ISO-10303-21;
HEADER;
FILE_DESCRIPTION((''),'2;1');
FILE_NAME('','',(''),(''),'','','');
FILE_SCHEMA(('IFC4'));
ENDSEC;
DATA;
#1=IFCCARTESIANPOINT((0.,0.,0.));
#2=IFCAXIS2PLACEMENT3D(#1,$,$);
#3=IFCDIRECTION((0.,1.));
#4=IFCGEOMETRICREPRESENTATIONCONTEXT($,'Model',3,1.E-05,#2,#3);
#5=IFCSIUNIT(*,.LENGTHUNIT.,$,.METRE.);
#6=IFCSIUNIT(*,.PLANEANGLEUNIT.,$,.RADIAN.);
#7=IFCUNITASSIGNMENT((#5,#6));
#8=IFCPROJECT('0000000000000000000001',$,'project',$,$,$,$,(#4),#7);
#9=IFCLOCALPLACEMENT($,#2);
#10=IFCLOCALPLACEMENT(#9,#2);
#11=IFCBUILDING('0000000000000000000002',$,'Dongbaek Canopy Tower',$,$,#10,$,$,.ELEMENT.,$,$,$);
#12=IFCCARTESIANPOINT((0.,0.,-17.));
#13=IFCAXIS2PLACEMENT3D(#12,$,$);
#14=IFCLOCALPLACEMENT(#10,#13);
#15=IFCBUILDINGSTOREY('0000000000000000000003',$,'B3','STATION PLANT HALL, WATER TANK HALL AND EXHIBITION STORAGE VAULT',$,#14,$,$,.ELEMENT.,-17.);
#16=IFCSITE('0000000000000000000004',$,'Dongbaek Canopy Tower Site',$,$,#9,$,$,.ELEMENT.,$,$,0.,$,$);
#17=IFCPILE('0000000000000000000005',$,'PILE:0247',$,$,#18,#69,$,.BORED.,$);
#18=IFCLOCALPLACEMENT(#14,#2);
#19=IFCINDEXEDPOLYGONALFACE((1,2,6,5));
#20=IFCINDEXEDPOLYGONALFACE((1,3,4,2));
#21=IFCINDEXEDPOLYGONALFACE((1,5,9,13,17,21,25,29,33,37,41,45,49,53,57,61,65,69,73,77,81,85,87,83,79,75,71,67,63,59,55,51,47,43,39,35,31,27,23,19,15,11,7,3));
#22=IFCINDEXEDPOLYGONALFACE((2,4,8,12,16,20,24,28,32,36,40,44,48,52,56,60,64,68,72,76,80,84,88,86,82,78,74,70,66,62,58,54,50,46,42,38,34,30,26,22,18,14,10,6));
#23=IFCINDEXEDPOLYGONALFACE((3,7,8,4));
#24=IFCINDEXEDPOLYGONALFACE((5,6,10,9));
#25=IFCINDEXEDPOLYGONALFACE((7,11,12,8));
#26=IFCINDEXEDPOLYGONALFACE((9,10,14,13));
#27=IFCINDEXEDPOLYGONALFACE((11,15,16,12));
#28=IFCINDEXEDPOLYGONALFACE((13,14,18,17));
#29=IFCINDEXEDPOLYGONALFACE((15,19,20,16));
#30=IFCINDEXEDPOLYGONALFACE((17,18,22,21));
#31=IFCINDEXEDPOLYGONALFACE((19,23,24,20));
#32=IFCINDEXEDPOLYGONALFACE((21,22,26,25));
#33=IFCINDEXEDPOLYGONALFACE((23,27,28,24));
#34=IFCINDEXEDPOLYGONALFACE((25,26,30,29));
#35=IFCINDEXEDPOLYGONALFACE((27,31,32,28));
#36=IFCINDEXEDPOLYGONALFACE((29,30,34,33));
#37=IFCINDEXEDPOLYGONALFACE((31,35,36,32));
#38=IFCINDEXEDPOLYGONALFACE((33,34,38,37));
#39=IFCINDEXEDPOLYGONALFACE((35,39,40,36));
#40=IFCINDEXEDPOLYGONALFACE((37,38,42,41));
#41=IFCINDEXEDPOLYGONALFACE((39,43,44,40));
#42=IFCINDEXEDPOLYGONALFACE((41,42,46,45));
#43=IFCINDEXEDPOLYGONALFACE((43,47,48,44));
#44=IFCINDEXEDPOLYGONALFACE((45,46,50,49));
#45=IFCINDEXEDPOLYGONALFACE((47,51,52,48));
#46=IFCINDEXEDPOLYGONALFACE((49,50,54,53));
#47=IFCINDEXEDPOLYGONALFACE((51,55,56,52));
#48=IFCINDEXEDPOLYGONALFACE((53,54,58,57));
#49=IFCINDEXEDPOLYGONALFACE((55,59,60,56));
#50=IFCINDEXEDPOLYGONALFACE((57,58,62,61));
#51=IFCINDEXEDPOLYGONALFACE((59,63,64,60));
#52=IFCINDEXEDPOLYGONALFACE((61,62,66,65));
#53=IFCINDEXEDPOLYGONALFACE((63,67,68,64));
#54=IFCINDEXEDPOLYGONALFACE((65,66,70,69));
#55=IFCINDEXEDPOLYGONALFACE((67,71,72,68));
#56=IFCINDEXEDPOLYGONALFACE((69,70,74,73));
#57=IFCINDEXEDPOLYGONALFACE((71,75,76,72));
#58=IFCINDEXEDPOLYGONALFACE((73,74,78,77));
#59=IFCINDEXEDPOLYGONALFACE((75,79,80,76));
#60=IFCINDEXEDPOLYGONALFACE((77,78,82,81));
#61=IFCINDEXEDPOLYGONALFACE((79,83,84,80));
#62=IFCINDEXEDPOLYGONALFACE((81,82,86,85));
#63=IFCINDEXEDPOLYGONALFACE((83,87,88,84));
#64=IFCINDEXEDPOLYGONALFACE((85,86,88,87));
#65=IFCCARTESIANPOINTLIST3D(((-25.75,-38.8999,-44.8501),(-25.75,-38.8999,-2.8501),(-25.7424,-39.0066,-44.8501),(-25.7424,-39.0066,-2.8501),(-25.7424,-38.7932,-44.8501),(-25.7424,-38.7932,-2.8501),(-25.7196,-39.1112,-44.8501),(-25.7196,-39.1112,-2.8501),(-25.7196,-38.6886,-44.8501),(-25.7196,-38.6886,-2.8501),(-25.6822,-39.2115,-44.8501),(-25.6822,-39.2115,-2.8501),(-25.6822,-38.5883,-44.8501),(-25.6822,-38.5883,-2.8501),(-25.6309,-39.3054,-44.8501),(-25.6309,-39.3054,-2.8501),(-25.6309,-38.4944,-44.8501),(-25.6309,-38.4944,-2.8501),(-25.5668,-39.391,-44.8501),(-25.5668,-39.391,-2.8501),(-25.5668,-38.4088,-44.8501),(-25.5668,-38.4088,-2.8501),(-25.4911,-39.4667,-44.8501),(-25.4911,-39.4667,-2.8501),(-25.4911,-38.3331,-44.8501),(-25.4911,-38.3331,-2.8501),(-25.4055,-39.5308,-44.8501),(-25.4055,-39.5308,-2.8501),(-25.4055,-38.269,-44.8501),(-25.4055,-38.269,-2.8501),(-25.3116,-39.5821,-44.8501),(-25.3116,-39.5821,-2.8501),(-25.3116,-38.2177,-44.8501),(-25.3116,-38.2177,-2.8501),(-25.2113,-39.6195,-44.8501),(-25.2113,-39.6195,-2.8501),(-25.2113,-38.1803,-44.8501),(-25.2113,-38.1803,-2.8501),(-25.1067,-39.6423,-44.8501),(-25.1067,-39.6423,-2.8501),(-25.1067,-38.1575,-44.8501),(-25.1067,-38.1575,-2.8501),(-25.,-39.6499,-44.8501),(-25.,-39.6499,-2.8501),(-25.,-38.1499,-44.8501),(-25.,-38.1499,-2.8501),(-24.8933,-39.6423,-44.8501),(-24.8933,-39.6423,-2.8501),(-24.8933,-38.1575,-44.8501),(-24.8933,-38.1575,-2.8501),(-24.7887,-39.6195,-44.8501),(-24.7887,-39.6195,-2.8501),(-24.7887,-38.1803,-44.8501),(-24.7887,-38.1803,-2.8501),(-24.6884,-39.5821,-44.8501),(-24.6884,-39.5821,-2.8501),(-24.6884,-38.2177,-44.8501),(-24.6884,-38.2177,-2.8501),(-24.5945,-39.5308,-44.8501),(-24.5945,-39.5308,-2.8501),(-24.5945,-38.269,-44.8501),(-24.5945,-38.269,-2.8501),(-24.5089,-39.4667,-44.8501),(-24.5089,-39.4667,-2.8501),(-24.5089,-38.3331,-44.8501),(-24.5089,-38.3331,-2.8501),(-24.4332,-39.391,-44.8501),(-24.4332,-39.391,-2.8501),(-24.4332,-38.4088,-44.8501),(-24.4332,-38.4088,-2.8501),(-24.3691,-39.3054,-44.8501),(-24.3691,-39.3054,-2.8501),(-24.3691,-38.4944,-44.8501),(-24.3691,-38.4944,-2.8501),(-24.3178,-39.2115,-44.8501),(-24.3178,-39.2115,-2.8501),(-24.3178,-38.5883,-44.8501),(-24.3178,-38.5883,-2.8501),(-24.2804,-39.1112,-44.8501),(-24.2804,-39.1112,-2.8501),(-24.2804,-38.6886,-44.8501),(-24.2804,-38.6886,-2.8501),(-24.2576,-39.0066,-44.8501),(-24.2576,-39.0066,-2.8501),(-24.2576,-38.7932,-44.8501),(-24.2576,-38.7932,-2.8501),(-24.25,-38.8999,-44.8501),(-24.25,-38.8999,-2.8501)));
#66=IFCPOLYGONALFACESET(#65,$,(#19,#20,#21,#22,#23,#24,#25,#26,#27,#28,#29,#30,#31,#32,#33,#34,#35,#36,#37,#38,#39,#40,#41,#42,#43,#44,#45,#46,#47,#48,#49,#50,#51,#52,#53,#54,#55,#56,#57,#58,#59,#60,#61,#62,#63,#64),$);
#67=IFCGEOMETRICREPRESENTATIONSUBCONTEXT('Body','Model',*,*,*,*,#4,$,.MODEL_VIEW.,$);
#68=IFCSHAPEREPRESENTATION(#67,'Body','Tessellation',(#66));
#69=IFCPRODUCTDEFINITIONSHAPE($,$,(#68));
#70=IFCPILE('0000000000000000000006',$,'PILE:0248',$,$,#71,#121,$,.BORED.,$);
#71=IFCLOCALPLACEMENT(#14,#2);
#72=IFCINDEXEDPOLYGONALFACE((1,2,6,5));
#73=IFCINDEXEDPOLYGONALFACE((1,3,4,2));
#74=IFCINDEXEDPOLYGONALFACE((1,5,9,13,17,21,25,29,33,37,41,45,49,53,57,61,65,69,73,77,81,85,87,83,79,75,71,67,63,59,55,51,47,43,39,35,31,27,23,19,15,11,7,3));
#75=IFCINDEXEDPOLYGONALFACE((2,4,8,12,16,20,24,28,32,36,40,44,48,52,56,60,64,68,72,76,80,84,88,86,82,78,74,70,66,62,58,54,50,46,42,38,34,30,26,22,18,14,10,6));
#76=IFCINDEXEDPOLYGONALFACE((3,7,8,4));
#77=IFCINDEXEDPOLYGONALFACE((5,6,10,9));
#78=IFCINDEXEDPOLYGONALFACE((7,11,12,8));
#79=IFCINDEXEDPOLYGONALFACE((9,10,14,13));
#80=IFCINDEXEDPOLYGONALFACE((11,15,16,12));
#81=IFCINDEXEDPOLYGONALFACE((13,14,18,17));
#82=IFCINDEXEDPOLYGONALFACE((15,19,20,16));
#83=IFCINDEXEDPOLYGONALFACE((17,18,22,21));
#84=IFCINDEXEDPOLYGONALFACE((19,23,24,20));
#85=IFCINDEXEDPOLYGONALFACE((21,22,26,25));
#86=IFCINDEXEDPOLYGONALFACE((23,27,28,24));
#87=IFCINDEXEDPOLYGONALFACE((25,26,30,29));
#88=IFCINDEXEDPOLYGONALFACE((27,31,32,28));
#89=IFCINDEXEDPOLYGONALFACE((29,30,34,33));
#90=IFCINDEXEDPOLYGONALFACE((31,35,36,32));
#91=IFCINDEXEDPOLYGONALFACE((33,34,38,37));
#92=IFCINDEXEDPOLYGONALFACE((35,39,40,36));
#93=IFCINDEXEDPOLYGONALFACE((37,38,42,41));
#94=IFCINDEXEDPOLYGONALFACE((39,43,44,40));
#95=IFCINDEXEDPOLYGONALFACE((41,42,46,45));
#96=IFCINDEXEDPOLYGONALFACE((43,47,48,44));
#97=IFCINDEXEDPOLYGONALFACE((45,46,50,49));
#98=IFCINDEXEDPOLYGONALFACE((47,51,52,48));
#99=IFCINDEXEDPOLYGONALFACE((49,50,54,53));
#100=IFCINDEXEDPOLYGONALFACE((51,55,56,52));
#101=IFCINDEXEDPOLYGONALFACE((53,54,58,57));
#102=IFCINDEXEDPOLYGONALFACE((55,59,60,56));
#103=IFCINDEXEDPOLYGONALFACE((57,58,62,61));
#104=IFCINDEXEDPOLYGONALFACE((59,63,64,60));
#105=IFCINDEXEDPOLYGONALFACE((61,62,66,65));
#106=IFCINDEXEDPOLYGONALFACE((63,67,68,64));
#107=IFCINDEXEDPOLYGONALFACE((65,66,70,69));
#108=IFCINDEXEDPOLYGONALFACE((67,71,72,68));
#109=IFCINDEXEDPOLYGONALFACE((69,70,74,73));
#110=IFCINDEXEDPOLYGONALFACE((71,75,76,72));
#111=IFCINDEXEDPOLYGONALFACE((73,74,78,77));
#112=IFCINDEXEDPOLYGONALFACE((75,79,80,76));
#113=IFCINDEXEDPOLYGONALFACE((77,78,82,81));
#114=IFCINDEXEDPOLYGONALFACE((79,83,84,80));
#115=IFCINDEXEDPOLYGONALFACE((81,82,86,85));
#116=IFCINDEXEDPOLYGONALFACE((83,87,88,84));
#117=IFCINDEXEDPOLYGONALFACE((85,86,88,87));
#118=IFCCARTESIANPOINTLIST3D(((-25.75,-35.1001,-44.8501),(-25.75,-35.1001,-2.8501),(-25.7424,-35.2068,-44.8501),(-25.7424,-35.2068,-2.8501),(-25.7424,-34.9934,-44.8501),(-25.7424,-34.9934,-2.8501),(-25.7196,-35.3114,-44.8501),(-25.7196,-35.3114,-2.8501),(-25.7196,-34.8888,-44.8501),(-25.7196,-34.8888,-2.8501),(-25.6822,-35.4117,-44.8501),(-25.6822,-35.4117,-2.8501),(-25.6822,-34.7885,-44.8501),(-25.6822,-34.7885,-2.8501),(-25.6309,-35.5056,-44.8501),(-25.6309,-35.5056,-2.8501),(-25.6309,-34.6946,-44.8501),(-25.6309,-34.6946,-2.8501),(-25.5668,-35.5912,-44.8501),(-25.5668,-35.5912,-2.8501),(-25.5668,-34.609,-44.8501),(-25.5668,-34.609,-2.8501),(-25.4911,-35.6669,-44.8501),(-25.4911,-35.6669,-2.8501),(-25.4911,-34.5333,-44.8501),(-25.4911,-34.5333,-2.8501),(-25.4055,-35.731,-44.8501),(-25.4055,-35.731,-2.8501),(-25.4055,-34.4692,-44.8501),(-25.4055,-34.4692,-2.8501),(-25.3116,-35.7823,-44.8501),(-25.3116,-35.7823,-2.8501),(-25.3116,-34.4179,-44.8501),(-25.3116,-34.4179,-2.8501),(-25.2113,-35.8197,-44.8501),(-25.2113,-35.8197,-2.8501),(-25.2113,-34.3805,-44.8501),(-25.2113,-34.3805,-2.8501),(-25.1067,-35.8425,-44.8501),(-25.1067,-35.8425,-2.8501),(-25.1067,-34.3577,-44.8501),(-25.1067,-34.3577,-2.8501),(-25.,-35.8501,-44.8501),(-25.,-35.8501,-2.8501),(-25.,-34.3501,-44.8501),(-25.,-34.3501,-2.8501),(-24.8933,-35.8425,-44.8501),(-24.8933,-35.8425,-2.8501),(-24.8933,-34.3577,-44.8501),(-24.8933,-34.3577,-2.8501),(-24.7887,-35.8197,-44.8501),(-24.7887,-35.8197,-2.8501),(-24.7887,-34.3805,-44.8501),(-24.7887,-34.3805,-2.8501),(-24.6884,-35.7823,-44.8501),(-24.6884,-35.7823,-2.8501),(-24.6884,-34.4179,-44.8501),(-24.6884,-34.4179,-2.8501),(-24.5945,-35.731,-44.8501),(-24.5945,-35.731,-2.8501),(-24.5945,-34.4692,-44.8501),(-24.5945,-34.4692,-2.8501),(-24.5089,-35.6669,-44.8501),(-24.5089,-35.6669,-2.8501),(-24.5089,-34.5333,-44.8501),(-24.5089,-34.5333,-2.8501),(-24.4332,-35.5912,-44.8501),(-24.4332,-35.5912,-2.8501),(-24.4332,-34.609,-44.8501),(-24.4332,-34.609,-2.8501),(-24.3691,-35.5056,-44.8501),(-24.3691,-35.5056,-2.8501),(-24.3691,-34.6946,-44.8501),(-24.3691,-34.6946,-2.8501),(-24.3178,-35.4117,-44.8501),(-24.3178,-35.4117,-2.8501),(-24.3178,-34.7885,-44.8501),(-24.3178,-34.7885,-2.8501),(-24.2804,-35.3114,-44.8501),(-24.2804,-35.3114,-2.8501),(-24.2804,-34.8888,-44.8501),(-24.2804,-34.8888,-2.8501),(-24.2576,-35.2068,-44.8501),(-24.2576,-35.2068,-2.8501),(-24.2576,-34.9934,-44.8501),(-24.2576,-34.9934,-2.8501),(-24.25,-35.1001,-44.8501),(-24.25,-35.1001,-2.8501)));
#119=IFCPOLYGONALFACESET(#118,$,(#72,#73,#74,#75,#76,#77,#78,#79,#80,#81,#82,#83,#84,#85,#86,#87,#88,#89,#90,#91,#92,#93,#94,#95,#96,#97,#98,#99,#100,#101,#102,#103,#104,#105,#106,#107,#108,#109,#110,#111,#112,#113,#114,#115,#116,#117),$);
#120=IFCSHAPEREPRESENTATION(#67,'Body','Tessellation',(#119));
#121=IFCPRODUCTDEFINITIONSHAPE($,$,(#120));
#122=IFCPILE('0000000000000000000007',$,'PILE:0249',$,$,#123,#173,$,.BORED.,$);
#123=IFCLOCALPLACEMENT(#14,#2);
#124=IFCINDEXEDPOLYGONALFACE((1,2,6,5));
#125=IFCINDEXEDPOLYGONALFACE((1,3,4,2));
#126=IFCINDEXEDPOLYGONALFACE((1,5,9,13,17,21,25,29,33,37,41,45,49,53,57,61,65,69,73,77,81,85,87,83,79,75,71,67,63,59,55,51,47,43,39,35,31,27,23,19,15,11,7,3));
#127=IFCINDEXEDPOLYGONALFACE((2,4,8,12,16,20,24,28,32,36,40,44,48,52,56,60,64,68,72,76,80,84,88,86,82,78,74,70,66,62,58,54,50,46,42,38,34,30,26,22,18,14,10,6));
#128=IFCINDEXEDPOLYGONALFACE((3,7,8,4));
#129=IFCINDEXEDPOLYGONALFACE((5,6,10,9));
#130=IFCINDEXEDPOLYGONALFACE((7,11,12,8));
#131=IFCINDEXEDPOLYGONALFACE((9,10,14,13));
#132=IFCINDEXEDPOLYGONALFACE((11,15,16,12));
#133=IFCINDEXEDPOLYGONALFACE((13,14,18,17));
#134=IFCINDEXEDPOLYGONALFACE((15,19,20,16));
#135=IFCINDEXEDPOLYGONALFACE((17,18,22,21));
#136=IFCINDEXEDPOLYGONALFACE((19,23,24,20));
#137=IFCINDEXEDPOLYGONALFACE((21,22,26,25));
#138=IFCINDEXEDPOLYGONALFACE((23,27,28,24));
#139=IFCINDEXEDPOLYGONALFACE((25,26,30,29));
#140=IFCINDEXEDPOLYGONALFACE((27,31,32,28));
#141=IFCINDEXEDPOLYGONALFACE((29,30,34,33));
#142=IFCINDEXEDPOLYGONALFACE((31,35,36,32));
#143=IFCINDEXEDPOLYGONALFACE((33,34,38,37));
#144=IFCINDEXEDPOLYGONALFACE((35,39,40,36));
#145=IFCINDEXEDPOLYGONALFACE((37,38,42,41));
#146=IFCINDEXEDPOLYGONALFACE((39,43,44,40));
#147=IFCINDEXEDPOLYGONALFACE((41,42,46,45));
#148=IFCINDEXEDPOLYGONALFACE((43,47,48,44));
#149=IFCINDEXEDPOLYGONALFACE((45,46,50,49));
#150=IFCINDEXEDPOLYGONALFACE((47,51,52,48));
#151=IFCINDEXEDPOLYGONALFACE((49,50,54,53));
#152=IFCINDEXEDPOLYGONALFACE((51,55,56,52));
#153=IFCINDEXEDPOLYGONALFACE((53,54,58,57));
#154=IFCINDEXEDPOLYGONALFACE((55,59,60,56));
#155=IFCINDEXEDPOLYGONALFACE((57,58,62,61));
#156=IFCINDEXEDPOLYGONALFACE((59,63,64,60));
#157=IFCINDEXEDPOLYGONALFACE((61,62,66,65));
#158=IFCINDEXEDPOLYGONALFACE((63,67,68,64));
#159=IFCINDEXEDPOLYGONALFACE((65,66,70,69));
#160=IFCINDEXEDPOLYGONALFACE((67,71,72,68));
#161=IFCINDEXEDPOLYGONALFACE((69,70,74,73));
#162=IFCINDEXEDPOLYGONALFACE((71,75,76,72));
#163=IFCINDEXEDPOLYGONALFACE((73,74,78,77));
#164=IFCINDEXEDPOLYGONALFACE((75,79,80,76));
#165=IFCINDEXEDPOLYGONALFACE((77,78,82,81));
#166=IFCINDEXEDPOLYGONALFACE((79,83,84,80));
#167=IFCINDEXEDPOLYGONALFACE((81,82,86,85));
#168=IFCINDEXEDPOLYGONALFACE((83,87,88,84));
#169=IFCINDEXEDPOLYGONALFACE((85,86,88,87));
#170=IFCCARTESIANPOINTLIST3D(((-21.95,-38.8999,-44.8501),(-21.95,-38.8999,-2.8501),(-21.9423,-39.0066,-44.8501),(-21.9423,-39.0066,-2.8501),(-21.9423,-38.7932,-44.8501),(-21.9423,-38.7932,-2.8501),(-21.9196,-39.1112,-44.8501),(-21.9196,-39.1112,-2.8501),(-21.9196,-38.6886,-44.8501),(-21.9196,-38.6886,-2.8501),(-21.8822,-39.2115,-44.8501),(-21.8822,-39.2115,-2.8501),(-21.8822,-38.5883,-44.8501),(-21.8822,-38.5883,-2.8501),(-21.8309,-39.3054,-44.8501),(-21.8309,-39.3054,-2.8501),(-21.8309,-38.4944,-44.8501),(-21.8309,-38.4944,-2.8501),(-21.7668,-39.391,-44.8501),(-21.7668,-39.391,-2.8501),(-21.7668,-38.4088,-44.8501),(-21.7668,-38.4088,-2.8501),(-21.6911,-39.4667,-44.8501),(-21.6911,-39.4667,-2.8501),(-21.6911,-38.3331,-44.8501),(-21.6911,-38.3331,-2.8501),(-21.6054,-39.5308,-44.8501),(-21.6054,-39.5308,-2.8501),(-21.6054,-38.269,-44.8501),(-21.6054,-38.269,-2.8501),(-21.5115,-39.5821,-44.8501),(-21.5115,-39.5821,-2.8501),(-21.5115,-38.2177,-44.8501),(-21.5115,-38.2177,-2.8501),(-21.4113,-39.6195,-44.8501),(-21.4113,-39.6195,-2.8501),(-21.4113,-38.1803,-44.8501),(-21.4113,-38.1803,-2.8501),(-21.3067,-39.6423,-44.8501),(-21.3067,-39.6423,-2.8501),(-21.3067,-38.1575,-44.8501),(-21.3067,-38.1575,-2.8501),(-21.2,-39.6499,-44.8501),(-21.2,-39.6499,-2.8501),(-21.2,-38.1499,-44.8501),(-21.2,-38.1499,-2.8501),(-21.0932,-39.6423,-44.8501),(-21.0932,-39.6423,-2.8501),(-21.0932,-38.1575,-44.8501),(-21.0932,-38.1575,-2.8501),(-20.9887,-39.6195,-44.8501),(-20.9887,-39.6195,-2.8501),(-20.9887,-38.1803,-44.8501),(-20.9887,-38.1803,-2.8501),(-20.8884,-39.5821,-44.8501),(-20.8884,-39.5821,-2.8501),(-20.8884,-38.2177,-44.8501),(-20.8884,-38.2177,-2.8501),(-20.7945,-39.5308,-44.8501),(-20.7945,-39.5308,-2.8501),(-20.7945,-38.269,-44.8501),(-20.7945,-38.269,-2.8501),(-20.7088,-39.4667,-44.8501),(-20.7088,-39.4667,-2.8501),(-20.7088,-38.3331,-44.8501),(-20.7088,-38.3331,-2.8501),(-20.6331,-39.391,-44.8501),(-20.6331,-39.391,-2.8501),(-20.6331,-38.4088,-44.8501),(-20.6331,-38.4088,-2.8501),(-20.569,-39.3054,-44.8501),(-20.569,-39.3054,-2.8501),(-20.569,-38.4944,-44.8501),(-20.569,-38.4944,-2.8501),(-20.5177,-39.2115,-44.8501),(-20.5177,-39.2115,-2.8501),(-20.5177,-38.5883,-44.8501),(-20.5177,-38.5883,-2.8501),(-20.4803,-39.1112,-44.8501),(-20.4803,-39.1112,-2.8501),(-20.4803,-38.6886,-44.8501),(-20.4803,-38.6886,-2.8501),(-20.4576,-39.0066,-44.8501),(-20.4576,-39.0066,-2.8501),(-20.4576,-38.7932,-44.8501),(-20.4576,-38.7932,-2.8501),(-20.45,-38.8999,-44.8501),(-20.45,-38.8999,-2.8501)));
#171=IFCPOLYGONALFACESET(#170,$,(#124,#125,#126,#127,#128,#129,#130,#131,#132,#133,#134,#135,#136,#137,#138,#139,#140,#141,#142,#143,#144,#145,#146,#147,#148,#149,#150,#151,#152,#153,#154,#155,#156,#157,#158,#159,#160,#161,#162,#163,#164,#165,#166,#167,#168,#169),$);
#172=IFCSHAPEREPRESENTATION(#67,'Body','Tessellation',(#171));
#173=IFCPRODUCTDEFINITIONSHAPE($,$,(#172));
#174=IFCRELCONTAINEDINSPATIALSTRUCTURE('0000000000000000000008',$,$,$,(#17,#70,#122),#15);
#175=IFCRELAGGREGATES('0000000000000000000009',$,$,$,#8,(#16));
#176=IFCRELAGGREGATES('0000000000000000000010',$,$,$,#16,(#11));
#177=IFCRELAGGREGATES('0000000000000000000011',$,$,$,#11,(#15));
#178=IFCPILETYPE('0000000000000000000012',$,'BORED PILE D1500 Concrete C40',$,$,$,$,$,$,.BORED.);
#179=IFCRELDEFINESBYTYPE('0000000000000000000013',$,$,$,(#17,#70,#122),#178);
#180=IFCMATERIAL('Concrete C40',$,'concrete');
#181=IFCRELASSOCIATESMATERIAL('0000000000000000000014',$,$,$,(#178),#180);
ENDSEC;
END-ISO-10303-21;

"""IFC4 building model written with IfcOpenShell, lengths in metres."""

from ifc_helpers import new_model, si_unit, direction, frame, origin, origin_2d, place, context, subcontext, project, spatial, circle, extrude, material, material_profile, profile_set, type_object, element, save


model = new_model("IFC4")

# Units and contexts
model_context = context("Model", 3, precision=1e-05, world=origin(), true_north=direction((0.0, 1.0)))
body_context = subcontext(model_context, "Body", "Model", "MODEL_VIEW")
ifc_project = project(units=[si_unit("LENGTHUNIT", "METRE"), si_unit("PLANEANGLEUNIT", "RADIAN")], contexts=[model_context])

# Site, building, storey
site_placement = place(None, origin())
site = spatial("IfcSite", under=ifc_project, at=site_placement, Name="Dongbaek Canopy Tower Site", CompositionType="ELEMENT", RefElevation=0.0)
building_placement = place(site_placement, origin())
building = spatial("IfcBuilding", under=site, at=building_placement, Name="Dongbaek Canopy Tower", CompositionType="ELEMENT")
storey_placement = place(building_placement, frame((0.0, 0.0, -17.0)))
storey = spatial("IfcBuildingStorey", under=building, at=storey_placement, Name="B3", Description="STATION PLANT HALL, WATER TANK HALL AND EXHIBITION STORAGE VAULT", CompositionType="ELEMENT", Elevation=-17.0)

# Piles
ifc_material_1 = material(Name="Concrete C40", Category="concrete")
ifc_material_profile_1 = material_profile(ifc_material_1, circle(Radius=0.75, at=origin_2d()), Name="BORED PILE D1500 Concrete C40")
ifc_profile_set_1 = profile_set([ifc_material_profile_1], Name="Concrete C40")
pile_type = type_object("IfcPileType", Name="BORED PILE D1500 Concrete C40", PredefinedType="BORED", material=ifc_profile_set_1)
for number, where, z_axis, x_axis, name in (
    (1, (-25.0, -38.8999, -2.8501), (0.0, 0.0, -1.0), (1.0, 0.0, 0.0), "PILE:0247"),
    (2, (-25.0, -35.1001, -2.8501), (0.0, 0.0, -1.0), (1.0, 0.0, 0.0), "PILE:0248"),
    (3, (-21.2, -38.8999, -2.8501), (0.0, 0.0, -1.0), (1.0, 0.0, 0.0), "PILE:0249"),
):
    element("IfcPile", number, at=place(storey_placement, frame(where, z_axis=z_axis, x_axis=x_axis)), inside=storey, type_object=pile_type, Name=name, PredefinedType="BORED", context=body_context, shape_type="SweptSolid", body=[
        extrude(circle(Radius=0.75, at=origin_2d()), origin(), (0.0, 0.0, 1.0), 42.0),
    ])

save(model, "model.ifc")
